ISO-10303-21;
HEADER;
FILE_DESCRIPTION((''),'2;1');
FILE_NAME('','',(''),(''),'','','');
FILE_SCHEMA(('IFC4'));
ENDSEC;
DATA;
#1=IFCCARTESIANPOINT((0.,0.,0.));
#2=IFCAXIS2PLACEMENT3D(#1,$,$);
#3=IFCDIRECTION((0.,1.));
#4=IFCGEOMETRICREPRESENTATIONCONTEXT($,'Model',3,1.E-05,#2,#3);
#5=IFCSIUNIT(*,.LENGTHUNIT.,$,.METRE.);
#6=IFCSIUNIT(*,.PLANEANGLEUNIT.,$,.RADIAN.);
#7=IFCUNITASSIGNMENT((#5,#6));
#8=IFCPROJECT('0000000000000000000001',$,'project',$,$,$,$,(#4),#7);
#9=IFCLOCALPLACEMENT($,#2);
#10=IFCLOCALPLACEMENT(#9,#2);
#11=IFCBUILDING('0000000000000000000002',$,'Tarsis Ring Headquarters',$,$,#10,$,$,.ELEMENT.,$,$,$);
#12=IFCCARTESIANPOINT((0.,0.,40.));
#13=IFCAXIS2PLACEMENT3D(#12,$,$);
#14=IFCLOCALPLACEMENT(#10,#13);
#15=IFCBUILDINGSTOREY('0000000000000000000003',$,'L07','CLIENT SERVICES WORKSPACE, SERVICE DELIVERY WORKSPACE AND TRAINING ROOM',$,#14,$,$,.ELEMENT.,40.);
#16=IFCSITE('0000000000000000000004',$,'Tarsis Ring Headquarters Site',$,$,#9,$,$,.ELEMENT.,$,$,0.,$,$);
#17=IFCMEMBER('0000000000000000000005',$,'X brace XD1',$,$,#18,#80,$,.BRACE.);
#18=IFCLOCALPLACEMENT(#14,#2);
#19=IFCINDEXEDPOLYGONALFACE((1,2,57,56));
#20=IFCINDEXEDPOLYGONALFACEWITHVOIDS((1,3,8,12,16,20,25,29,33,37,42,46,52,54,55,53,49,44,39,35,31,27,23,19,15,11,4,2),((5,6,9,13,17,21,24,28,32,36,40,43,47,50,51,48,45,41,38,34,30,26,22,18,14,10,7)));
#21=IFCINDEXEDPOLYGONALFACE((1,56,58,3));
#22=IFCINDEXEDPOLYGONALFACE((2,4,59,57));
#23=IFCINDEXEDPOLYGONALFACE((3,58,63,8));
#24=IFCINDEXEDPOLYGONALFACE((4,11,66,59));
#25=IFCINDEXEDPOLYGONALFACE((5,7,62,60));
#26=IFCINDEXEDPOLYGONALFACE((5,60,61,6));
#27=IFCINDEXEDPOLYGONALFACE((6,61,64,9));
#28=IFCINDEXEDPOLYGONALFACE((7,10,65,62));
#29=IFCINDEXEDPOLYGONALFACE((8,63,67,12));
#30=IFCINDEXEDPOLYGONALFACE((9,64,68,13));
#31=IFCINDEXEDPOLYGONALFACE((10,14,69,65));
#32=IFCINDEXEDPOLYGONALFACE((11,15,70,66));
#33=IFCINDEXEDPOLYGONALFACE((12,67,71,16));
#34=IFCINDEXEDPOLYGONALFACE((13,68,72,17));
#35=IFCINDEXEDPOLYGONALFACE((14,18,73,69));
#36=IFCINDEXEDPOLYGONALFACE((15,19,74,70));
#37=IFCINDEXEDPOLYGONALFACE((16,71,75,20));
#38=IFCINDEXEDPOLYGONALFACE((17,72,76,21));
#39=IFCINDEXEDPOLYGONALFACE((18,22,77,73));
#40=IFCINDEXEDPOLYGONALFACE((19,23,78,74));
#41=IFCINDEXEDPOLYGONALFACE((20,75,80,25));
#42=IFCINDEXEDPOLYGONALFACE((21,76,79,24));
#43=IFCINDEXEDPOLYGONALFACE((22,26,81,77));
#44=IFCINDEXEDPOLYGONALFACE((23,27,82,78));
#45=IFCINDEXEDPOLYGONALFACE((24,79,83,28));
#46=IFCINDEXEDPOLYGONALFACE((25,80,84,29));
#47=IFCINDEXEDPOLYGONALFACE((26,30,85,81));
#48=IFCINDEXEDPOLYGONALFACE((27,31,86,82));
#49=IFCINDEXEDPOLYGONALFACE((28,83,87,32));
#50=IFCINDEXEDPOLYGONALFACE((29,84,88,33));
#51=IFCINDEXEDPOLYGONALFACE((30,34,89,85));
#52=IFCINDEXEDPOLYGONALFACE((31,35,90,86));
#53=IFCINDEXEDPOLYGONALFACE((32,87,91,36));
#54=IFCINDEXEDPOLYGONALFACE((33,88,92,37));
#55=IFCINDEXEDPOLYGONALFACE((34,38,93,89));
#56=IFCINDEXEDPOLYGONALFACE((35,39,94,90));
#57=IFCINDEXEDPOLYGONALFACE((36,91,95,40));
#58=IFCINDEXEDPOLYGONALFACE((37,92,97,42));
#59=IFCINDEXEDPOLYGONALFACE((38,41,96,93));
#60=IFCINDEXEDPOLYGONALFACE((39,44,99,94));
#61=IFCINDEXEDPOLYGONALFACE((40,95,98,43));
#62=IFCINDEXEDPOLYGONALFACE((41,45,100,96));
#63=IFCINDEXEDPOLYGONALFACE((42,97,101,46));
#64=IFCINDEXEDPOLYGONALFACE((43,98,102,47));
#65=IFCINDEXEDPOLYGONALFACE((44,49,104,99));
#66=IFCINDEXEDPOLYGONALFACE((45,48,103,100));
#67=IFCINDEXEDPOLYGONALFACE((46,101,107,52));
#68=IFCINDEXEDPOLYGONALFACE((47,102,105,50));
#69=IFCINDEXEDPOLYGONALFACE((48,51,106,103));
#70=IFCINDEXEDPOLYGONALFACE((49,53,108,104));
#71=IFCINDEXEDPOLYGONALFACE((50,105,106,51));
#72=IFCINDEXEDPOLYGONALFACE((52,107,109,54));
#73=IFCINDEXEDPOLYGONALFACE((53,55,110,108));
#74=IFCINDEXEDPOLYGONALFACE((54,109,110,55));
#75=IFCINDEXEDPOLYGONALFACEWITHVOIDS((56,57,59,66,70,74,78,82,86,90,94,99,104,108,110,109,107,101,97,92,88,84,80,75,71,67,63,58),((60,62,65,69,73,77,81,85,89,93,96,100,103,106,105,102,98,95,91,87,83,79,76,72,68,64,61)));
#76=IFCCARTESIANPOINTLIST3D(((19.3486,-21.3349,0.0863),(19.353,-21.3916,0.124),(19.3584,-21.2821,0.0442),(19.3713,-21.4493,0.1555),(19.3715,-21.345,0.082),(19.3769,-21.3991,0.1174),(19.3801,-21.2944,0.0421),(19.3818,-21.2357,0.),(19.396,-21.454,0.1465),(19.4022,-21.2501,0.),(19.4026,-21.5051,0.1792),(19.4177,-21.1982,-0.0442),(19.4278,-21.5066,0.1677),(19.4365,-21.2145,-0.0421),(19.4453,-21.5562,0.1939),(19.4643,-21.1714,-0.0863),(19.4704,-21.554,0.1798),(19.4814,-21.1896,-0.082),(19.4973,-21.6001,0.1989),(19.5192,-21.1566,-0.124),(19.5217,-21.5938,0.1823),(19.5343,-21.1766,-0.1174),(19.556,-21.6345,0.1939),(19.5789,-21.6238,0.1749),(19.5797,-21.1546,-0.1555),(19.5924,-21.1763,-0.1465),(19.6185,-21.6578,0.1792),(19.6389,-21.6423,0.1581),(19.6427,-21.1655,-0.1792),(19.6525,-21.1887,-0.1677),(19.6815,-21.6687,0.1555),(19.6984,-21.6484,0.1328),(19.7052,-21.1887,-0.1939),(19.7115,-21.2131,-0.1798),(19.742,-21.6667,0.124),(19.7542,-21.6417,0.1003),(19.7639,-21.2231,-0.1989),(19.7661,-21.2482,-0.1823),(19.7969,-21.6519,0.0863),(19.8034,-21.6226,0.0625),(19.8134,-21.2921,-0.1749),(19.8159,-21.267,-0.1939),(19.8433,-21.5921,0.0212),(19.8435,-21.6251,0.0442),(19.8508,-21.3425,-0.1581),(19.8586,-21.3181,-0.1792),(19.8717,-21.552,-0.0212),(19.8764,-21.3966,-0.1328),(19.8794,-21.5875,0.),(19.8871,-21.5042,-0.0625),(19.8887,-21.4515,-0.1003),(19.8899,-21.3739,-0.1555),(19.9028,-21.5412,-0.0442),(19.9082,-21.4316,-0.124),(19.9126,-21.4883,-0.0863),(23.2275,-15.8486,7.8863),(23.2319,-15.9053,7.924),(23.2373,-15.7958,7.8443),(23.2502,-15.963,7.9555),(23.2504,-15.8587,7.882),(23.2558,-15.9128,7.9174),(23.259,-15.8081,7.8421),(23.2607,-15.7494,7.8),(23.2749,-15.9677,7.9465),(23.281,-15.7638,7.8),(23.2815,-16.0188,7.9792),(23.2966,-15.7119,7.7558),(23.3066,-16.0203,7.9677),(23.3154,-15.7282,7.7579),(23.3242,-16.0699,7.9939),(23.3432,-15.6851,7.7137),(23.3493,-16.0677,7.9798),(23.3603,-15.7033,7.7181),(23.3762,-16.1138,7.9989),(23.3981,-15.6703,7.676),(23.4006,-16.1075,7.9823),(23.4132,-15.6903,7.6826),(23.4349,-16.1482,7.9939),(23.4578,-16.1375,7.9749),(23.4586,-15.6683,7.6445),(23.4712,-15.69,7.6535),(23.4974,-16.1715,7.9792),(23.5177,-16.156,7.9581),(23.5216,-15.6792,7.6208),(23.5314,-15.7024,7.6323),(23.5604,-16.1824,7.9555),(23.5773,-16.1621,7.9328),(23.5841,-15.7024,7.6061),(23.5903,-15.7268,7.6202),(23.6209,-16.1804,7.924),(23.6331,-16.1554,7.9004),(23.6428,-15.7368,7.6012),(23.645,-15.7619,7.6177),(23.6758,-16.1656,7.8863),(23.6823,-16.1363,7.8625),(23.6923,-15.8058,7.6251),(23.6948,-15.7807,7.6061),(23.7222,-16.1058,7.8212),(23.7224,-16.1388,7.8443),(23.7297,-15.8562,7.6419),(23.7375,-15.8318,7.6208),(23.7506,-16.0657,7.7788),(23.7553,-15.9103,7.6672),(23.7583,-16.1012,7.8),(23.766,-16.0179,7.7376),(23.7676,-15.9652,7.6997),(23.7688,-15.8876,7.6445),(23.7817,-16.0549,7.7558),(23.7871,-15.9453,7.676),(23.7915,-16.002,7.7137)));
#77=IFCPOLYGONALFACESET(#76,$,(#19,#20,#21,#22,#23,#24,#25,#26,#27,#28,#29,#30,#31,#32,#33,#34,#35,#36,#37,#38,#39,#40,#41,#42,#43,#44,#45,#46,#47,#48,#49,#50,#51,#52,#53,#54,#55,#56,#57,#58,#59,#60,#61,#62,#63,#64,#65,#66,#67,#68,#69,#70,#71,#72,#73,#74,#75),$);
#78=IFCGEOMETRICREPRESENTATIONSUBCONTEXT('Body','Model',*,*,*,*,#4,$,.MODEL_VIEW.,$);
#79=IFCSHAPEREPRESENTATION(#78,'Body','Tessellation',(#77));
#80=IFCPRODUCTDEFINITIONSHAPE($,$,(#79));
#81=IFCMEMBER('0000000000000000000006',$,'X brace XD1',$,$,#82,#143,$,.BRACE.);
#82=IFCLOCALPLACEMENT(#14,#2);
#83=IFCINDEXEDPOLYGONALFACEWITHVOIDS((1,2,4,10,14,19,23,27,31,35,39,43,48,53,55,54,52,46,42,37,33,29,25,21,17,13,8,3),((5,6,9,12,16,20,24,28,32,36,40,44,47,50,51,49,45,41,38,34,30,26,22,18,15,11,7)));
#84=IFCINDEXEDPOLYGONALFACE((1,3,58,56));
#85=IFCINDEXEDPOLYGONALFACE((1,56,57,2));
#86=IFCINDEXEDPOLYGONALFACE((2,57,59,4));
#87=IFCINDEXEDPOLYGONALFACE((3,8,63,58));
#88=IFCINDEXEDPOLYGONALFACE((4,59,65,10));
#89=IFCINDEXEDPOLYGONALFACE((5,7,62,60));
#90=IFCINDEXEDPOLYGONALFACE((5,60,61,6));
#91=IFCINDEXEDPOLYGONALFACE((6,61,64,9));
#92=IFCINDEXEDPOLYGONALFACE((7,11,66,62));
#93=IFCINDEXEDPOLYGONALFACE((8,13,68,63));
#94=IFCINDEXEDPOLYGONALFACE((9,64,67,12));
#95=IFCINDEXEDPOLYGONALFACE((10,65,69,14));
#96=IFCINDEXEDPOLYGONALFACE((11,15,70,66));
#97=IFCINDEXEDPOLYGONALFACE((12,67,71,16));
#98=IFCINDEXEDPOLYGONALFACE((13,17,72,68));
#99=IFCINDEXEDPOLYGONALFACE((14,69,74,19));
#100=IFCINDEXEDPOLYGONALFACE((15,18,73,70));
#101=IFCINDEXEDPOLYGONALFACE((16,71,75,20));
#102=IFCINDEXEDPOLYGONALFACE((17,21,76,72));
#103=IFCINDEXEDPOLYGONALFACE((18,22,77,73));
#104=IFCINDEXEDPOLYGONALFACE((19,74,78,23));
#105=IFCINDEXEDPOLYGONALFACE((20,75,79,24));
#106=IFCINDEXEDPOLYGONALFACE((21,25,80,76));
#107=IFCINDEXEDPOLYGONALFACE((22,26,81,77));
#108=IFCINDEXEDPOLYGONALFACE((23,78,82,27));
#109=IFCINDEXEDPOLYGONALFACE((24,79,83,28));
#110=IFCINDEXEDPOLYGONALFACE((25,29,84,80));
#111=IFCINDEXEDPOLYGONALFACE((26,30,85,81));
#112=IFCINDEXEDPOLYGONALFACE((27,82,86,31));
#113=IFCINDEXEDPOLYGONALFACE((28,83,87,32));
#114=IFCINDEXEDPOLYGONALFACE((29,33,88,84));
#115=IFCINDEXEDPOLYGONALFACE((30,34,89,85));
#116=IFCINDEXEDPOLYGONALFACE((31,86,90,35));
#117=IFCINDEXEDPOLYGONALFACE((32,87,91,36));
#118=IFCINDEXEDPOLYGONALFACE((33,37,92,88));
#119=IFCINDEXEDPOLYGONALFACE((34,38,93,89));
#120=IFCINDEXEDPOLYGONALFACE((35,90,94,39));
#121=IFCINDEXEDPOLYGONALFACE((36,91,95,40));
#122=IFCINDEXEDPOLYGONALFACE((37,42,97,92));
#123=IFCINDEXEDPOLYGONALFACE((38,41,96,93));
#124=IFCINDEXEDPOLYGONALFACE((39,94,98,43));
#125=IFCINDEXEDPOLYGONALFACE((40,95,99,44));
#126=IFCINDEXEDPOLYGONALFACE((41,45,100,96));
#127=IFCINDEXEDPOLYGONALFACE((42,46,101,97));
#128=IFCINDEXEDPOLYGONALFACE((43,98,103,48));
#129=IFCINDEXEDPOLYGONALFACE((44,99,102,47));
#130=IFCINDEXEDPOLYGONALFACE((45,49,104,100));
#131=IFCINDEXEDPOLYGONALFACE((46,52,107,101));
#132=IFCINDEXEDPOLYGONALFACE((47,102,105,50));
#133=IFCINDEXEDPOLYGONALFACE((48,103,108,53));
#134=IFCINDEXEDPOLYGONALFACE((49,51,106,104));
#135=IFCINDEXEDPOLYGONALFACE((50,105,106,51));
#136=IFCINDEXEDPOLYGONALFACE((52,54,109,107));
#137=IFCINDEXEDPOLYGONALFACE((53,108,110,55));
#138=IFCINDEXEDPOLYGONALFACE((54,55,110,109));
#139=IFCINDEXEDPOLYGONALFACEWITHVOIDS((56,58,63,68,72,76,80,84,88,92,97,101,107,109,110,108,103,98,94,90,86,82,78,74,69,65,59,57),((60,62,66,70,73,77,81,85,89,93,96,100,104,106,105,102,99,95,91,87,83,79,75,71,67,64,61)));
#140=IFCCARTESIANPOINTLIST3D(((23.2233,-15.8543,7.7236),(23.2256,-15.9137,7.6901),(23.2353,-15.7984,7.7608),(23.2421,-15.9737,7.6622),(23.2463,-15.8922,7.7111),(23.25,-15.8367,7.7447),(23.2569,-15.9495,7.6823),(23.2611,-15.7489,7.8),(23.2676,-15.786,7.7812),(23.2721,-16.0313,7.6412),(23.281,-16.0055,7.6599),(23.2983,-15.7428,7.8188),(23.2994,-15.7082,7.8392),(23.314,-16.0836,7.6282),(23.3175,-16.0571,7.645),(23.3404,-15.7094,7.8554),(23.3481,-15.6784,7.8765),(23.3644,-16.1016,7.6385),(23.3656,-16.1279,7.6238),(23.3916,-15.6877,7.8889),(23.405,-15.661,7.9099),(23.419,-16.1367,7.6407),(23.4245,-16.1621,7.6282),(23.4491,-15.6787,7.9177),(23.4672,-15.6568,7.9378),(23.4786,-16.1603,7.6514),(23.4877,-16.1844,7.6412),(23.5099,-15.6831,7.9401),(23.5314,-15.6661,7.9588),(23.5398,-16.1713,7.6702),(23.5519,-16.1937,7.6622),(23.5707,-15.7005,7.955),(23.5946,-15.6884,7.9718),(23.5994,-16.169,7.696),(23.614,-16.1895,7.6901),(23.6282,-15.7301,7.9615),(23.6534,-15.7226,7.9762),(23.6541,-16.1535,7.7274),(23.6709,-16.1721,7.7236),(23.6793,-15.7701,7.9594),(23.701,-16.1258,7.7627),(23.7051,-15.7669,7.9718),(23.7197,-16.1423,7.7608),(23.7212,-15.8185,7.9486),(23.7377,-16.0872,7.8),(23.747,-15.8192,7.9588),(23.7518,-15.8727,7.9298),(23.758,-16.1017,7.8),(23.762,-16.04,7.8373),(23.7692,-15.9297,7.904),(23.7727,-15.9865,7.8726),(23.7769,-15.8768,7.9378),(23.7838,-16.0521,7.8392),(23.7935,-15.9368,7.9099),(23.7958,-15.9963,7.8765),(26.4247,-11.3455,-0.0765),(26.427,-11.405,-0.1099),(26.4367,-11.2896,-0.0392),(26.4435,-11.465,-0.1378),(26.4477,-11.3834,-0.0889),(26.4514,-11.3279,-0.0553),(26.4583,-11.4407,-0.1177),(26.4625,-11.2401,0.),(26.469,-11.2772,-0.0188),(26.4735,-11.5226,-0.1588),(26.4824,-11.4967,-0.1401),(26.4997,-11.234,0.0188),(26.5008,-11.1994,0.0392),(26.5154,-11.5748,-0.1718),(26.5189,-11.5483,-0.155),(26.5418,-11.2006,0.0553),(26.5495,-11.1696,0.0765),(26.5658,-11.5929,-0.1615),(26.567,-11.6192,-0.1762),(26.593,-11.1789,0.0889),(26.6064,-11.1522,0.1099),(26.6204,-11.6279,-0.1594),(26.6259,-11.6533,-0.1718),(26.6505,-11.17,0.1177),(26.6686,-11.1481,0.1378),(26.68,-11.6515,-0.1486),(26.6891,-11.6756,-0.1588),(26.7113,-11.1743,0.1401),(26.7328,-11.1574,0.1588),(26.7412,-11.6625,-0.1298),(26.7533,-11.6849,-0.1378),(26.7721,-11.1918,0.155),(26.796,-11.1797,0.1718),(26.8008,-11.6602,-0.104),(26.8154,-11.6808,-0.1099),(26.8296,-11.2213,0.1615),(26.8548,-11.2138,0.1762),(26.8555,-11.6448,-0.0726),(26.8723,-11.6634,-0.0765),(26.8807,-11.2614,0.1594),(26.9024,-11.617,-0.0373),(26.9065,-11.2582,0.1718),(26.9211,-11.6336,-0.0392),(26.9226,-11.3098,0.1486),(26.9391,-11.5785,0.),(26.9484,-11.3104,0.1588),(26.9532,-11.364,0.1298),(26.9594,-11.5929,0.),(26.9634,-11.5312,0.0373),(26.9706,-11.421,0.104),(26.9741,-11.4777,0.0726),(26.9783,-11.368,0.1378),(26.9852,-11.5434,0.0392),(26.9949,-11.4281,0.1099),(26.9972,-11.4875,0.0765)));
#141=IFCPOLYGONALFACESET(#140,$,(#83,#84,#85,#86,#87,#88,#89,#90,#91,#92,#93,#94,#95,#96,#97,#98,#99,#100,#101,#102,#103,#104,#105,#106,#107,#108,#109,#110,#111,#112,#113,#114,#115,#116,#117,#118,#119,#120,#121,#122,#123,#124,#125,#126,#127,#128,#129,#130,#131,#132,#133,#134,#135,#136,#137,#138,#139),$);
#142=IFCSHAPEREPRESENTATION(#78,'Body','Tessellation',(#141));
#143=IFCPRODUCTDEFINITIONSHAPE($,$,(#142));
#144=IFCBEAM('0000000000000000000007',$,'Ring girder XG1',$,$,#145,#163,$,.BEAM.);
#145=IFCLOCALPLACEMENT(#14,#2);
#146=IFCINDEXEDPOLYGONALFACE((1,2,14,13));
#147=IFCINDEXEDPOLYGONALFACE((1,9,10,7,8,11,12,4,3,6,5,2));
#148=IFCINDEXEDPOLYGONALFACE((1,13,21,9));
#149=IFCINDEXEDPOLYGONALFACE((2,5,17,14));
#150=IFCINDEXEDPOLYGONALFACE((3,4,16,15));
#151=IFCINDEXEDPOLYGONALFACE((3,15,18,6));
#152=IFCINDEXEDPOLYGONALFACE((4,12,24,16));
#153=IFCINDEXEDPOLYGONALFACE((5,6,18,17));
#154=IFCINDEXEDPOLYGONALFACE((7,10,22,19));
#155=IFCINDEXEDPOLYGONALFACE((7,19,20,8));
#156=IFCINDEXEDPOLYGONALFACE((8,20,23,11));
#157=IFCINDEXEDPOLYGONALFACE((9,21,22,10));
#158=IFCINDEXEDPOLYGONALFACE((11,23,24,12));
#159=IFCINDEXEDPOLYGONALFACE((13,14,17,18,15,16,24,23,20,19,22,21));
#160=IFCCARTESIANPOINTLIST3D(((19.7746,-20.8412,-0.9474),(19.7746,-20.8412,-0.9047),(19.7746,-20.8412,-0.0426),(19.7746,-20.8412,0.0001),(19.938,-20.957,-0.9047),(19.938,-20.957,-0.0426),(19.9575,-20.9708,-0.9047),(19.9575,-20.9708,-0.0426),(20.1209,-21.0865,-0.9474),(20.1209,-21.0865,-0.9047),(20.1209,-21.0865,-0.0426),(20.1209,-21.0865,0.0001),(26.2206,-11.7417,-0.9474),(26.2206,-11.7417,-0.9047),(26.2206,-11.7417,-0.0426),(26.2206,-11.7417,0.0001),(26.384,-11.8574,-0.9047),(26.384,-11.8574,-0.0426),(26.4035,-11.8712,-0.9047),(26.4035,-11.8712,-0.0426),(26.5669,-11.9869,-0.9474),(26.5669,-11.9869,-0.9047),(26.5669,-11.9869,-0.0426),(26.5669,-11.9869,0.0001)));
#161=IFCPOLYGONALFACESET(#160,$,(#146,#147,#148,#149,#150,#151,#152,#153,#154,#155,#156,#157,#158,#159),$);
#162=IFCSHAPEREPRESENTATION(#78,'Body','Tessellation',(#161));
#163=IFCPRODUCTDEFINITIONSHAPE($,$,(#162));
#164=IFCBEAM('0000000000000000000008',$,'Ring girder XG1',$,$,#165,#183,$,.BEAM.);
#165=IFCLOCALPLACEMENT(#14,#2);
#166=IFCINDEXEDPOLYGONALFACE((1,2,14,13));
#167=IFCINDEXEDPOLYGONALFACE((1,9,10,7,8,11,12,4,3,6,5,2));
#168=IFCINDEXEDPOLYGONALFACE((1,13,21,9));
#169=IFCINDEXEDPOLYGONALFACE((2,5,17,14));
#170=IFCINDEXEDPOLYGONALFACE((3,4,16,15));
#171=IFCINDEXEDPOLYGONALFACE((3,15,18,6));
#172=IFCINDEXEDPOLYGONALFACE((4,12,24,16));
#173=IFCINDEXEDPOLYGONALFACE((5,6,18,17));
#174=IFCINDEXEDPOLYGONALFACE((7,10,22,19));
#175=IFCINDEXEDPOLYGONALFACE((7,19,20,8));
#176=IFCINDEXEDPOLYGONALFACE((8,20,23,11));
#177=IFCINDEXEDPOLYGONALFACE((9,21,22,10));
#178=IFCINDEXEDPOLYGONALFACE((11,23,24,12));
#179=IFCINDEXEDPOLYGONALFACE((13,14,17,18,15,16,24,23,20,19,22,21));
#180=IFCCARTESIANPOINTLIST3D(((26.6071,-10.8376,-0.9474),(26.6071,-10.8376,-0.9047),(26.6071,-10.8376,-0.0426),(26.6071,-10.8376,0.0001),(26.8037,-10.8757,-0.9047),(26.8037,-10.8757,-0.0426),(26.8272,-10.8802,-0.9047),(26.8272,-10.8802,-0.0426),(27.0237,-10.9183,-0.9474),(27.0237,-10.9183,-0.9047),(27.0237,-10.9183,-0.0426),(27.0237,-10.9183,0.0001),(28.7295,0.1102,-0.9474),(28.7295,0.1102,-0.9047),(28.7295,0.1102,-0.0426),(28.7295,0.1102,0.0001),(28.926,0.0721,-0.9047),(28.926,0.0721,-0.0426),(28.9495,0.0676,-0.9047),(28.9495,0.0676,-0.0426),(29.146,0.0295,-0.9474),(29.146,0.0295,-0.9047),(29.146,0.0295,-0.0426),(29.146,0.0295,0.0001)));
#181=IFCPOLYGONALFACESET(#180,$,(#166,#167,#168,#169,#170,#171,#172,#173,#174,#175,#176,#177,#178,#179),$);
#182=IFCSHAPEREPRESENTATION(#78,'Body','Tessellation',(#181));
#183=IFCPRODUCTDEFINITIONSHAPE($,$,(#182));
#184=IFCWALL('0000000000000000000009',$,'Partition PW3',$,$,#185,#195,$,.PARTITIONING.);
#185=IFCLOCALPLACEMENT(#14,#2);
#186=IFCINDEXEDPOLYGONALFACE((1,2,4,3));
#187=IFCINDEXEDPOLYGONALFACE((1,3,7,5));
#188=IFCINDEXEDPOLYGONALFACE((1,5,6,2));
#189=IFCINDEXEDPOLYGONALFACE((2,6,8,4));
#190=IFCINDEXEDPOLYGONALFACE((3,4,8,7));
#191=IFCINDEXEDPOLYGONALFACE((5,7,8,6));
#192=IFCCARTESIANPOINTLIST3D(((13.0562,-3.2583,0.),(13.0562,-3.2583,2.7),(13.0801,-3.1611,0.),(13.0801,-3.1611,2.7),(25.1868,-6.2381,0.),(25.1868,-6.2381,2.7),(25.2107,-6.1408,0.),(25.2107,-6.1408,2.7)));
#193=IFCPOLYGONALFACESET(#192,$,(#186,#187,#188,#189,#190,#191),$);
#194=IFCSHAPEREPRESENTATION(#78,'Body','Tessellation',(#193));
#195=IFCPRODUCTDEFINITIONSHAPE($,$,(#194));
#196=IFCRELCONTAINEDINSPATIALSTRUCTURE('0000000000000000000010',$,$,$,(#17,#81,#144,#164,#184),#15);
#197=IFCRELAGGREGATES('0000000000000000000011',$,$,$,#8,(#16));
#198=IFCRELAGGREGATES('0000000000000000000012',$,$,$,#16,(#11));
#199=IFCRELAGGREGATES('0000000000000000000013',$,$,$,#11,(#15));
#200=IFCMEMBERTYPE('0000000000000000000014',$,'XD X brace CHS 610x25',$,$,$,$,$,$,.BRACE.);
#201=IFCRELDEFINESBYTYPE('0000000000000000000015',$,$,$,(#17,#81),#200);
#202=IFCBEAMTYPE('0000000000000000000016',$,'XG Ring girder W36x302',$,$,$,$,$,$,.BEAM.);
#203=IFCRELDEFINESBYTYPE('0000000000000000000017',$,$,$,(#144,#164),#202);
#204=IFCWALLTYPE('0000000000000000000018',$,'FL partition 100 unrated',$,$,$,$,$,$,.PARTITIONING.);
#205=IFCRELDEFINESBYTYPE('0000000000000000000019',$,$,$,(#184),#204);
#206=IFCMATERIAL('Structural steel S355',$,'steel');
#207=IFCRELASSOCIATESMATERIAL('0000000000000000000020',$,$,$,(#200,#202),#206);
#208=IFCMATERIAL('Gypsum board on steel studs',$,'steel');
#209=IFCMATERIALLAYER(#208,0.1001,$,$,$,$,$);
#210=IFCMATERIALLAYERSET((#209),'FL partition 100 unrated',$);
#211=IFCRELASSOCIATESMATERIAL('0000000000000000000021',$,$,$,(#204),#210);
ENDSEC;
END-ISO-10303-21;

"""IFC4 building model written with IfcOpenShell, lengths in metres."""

from ifc_helpers import new_model, si_unit, direction, frame, frame_2d, origin, origin_2d, place, context, subcontext, project, spatial, rectangle, hollow_circle, i_section, extrude, material, layer, layer_set, material_profile, profile_set, type_object, element, save


model = new_model("IFC4")

# Units and contexts
model_context = context("Model", 3, precision=1e-05, world=origin(), true_north=direction((0.0, 1.0)))
body_context = subcontext(model_context, "Body", "Model", "MODEL_VIEW")
ifc_project = project(units=[si_unit("LENGTHUNIT", "METRE"), si_unit("PLANEANGLEUNIT", "RADIAN")], contexts=[model_context])

# Site, building, storey
site_placement = place(None, origin())
site = spatial("IfcSite", under=ifc_project, at=site_placement, Name="Tarsis Ring Headquarters Site", CompositionType="ELEMENT", RefElevation=0.0)
building_placement = place(site_placement, origin())
building = spatial("IfcBuilding", under=site, at=building_placement, Name="Tarsis Ring Headquarters", CompositionType="ELEMENT")
storey_placement = place(building_placement, frame((0.0, 0.0, 40.0)))
storey = spatial("IfcBuildingStorey", under=building, at=storey_placement, Name="L07", Description="CLIENT SERVICES WORKSPACE, SERVICE DELIVERY WORKSPACE AND TRAINING ROOM", CompositionType="ELEMENT", Elevation=40.0)

# Members
ifc_material_1 = material(Name="Structural steel S355", Category="steel")
ifc_material_profile_1 = material_profile(ifc_material_1, hollow_circle(Radius=0.3047, WallThickness=0.0249, at=origin_2d()), Name="CHS 610x25")
ifc_profile_set_1 = profile_set([ifc_material_profile_1], Name="Structural steel S355")
member_type = type_object("IfcMemberType", Name="XD X brace CHS 610x25", PredefinedType="BRACE", material=ifc_profile_set_1)
member_1_placement = place(storey_placement, frame((19.6306, -21.4116, 0.0), z_axis=(0.376777, 0.532913, 0.757656), x_axis=(-0.816533, 0.577299, 0.0)))
element("IfcMember", 1, at=member_1_placement, inside=storey, type_object=member_type, Name="X brace XD1", PredefinedType="BRACE", context=body_context, shape_type="SweptSolid", body=[
    extrude(hollow_circle(Radius=0.3047, WallThickness=0.0249, at=origin_2d()), origin(), (0.0, 0.0, 1.0), 10.2949),
])
member_2_placement = place(storey_placement, frame((26.7109, -11.4165, 0.0), z_axis=(-0.33483, -0.471565, 0.815791), x_axis=(0.815368, -0.578943, 0.0)))
element("IfcMember", 2, at=member_2_placement, inside=storey, type_object=member_type, Name="X brace XD1", PredefinedType="BRACE", context=body_context, shape_type="SweptSolid", body=[
    extrude(hollow_circle(Radius=0.3047, WallThickness=0.0249, at=origin_2d()), origin(), (0.0, 0.0, 1.0), 9.5613),
])

# Beams
ifc_material_profile_2 = material_profile(ifc_material_1, i_section(OverallWidth=0.4243, OverallDepth=0.9475, WebThickness=0.0239, FlangeThickness=0.0427, at=origin_2d()), Name="W36x302")
ifc_profile_set_2 = profile_set([ifc_material_profile_2], Name="Structural steel S355")
beam_type = type_object("IfcBeamType", Name="XG Ring girder W36x302", PredefinedType="BEAM", material=ifc_profile_set_2)
beam_1_placement = place(storey_placement, frame((19.9478, -20.9639, -0.4736), z_axis=(0.578046, 0.816004, 0.0), x_axis=(-0.816004, 0.578046, 0.0)))
element("IfcBeam", 3, at=beam_1_placement, inside=storey, type_object=beam_type, Name="Ring girder XG1", PredefinedType="BEAM", context=body_context, shape_type="SweptSolid", body=[
    extrude(i_section(OverallWidth=0.4243, OverallDepth=0.9475, WebThickness=0.0239, FlangeThickness=0.0427, at=origin_2d()), origin(), (0.0, 0.0, 1.0), 11.1514),
])
beam_2_placement = place(storey_placement, frame((26.8154, -10.8779, -0.4736), z_axis=(0.190315, 0.981723, 0.0), x_axis=(-0.981723, 0.190315, 0.0)))
element("IfcBeam", 4, at=beam_2_placement, inside=storey, type_object=beam_type, Name="Ring girder XG1", PredefinedType="BEAM", context=body_context, shape_type="SweptSolid", body=[
    extrude(i_section(OverallWidth=0.4243, OverallDepth=0.9475, WebThickness=0.0239, FlangeThickness=0.0427, at=origin_2d()), origin(), (0.0, 0.0, 1.0), 11.1516),
])

# Wall
ifc_material_2 = material(Name="Gypsum board on steel studs", Category="steel")
ifc_layer_1 = layer(ifc_material_2, 0.1001)
ifc_layer_set_1 = layer_set([ifc_layer_1], Name="FL partition 100 unrated")
wall_type_1 = type_object("IfcWallType", Name="FL partition 100 unrated", PredefinedType="PARTITIONING", material=ifc_layer_set_1)
wall_1_placement = place(storey_placement, frame((13.0681, -3.2097, 0.0), z_axis=(0.0, 0.0, 1.0), x_axis=(0.971131, -0.238546, 0.0)))
element("IfcWall", 5, at=wall_1_placement, inside=storey, type_object=wall_type_1, Name="Partition PW3", PredefinedType="PARTITIONING", context=body_context, shape_type="SweptSolid", body=[
    extrude(rectangle(XDim=12.4912, YDim=0.1001, at=frame_2d((6.2456, 0.0))), origin(), (0.0, 0.0, 1.0), 2.7),
])

save(model, "model.ifc")
